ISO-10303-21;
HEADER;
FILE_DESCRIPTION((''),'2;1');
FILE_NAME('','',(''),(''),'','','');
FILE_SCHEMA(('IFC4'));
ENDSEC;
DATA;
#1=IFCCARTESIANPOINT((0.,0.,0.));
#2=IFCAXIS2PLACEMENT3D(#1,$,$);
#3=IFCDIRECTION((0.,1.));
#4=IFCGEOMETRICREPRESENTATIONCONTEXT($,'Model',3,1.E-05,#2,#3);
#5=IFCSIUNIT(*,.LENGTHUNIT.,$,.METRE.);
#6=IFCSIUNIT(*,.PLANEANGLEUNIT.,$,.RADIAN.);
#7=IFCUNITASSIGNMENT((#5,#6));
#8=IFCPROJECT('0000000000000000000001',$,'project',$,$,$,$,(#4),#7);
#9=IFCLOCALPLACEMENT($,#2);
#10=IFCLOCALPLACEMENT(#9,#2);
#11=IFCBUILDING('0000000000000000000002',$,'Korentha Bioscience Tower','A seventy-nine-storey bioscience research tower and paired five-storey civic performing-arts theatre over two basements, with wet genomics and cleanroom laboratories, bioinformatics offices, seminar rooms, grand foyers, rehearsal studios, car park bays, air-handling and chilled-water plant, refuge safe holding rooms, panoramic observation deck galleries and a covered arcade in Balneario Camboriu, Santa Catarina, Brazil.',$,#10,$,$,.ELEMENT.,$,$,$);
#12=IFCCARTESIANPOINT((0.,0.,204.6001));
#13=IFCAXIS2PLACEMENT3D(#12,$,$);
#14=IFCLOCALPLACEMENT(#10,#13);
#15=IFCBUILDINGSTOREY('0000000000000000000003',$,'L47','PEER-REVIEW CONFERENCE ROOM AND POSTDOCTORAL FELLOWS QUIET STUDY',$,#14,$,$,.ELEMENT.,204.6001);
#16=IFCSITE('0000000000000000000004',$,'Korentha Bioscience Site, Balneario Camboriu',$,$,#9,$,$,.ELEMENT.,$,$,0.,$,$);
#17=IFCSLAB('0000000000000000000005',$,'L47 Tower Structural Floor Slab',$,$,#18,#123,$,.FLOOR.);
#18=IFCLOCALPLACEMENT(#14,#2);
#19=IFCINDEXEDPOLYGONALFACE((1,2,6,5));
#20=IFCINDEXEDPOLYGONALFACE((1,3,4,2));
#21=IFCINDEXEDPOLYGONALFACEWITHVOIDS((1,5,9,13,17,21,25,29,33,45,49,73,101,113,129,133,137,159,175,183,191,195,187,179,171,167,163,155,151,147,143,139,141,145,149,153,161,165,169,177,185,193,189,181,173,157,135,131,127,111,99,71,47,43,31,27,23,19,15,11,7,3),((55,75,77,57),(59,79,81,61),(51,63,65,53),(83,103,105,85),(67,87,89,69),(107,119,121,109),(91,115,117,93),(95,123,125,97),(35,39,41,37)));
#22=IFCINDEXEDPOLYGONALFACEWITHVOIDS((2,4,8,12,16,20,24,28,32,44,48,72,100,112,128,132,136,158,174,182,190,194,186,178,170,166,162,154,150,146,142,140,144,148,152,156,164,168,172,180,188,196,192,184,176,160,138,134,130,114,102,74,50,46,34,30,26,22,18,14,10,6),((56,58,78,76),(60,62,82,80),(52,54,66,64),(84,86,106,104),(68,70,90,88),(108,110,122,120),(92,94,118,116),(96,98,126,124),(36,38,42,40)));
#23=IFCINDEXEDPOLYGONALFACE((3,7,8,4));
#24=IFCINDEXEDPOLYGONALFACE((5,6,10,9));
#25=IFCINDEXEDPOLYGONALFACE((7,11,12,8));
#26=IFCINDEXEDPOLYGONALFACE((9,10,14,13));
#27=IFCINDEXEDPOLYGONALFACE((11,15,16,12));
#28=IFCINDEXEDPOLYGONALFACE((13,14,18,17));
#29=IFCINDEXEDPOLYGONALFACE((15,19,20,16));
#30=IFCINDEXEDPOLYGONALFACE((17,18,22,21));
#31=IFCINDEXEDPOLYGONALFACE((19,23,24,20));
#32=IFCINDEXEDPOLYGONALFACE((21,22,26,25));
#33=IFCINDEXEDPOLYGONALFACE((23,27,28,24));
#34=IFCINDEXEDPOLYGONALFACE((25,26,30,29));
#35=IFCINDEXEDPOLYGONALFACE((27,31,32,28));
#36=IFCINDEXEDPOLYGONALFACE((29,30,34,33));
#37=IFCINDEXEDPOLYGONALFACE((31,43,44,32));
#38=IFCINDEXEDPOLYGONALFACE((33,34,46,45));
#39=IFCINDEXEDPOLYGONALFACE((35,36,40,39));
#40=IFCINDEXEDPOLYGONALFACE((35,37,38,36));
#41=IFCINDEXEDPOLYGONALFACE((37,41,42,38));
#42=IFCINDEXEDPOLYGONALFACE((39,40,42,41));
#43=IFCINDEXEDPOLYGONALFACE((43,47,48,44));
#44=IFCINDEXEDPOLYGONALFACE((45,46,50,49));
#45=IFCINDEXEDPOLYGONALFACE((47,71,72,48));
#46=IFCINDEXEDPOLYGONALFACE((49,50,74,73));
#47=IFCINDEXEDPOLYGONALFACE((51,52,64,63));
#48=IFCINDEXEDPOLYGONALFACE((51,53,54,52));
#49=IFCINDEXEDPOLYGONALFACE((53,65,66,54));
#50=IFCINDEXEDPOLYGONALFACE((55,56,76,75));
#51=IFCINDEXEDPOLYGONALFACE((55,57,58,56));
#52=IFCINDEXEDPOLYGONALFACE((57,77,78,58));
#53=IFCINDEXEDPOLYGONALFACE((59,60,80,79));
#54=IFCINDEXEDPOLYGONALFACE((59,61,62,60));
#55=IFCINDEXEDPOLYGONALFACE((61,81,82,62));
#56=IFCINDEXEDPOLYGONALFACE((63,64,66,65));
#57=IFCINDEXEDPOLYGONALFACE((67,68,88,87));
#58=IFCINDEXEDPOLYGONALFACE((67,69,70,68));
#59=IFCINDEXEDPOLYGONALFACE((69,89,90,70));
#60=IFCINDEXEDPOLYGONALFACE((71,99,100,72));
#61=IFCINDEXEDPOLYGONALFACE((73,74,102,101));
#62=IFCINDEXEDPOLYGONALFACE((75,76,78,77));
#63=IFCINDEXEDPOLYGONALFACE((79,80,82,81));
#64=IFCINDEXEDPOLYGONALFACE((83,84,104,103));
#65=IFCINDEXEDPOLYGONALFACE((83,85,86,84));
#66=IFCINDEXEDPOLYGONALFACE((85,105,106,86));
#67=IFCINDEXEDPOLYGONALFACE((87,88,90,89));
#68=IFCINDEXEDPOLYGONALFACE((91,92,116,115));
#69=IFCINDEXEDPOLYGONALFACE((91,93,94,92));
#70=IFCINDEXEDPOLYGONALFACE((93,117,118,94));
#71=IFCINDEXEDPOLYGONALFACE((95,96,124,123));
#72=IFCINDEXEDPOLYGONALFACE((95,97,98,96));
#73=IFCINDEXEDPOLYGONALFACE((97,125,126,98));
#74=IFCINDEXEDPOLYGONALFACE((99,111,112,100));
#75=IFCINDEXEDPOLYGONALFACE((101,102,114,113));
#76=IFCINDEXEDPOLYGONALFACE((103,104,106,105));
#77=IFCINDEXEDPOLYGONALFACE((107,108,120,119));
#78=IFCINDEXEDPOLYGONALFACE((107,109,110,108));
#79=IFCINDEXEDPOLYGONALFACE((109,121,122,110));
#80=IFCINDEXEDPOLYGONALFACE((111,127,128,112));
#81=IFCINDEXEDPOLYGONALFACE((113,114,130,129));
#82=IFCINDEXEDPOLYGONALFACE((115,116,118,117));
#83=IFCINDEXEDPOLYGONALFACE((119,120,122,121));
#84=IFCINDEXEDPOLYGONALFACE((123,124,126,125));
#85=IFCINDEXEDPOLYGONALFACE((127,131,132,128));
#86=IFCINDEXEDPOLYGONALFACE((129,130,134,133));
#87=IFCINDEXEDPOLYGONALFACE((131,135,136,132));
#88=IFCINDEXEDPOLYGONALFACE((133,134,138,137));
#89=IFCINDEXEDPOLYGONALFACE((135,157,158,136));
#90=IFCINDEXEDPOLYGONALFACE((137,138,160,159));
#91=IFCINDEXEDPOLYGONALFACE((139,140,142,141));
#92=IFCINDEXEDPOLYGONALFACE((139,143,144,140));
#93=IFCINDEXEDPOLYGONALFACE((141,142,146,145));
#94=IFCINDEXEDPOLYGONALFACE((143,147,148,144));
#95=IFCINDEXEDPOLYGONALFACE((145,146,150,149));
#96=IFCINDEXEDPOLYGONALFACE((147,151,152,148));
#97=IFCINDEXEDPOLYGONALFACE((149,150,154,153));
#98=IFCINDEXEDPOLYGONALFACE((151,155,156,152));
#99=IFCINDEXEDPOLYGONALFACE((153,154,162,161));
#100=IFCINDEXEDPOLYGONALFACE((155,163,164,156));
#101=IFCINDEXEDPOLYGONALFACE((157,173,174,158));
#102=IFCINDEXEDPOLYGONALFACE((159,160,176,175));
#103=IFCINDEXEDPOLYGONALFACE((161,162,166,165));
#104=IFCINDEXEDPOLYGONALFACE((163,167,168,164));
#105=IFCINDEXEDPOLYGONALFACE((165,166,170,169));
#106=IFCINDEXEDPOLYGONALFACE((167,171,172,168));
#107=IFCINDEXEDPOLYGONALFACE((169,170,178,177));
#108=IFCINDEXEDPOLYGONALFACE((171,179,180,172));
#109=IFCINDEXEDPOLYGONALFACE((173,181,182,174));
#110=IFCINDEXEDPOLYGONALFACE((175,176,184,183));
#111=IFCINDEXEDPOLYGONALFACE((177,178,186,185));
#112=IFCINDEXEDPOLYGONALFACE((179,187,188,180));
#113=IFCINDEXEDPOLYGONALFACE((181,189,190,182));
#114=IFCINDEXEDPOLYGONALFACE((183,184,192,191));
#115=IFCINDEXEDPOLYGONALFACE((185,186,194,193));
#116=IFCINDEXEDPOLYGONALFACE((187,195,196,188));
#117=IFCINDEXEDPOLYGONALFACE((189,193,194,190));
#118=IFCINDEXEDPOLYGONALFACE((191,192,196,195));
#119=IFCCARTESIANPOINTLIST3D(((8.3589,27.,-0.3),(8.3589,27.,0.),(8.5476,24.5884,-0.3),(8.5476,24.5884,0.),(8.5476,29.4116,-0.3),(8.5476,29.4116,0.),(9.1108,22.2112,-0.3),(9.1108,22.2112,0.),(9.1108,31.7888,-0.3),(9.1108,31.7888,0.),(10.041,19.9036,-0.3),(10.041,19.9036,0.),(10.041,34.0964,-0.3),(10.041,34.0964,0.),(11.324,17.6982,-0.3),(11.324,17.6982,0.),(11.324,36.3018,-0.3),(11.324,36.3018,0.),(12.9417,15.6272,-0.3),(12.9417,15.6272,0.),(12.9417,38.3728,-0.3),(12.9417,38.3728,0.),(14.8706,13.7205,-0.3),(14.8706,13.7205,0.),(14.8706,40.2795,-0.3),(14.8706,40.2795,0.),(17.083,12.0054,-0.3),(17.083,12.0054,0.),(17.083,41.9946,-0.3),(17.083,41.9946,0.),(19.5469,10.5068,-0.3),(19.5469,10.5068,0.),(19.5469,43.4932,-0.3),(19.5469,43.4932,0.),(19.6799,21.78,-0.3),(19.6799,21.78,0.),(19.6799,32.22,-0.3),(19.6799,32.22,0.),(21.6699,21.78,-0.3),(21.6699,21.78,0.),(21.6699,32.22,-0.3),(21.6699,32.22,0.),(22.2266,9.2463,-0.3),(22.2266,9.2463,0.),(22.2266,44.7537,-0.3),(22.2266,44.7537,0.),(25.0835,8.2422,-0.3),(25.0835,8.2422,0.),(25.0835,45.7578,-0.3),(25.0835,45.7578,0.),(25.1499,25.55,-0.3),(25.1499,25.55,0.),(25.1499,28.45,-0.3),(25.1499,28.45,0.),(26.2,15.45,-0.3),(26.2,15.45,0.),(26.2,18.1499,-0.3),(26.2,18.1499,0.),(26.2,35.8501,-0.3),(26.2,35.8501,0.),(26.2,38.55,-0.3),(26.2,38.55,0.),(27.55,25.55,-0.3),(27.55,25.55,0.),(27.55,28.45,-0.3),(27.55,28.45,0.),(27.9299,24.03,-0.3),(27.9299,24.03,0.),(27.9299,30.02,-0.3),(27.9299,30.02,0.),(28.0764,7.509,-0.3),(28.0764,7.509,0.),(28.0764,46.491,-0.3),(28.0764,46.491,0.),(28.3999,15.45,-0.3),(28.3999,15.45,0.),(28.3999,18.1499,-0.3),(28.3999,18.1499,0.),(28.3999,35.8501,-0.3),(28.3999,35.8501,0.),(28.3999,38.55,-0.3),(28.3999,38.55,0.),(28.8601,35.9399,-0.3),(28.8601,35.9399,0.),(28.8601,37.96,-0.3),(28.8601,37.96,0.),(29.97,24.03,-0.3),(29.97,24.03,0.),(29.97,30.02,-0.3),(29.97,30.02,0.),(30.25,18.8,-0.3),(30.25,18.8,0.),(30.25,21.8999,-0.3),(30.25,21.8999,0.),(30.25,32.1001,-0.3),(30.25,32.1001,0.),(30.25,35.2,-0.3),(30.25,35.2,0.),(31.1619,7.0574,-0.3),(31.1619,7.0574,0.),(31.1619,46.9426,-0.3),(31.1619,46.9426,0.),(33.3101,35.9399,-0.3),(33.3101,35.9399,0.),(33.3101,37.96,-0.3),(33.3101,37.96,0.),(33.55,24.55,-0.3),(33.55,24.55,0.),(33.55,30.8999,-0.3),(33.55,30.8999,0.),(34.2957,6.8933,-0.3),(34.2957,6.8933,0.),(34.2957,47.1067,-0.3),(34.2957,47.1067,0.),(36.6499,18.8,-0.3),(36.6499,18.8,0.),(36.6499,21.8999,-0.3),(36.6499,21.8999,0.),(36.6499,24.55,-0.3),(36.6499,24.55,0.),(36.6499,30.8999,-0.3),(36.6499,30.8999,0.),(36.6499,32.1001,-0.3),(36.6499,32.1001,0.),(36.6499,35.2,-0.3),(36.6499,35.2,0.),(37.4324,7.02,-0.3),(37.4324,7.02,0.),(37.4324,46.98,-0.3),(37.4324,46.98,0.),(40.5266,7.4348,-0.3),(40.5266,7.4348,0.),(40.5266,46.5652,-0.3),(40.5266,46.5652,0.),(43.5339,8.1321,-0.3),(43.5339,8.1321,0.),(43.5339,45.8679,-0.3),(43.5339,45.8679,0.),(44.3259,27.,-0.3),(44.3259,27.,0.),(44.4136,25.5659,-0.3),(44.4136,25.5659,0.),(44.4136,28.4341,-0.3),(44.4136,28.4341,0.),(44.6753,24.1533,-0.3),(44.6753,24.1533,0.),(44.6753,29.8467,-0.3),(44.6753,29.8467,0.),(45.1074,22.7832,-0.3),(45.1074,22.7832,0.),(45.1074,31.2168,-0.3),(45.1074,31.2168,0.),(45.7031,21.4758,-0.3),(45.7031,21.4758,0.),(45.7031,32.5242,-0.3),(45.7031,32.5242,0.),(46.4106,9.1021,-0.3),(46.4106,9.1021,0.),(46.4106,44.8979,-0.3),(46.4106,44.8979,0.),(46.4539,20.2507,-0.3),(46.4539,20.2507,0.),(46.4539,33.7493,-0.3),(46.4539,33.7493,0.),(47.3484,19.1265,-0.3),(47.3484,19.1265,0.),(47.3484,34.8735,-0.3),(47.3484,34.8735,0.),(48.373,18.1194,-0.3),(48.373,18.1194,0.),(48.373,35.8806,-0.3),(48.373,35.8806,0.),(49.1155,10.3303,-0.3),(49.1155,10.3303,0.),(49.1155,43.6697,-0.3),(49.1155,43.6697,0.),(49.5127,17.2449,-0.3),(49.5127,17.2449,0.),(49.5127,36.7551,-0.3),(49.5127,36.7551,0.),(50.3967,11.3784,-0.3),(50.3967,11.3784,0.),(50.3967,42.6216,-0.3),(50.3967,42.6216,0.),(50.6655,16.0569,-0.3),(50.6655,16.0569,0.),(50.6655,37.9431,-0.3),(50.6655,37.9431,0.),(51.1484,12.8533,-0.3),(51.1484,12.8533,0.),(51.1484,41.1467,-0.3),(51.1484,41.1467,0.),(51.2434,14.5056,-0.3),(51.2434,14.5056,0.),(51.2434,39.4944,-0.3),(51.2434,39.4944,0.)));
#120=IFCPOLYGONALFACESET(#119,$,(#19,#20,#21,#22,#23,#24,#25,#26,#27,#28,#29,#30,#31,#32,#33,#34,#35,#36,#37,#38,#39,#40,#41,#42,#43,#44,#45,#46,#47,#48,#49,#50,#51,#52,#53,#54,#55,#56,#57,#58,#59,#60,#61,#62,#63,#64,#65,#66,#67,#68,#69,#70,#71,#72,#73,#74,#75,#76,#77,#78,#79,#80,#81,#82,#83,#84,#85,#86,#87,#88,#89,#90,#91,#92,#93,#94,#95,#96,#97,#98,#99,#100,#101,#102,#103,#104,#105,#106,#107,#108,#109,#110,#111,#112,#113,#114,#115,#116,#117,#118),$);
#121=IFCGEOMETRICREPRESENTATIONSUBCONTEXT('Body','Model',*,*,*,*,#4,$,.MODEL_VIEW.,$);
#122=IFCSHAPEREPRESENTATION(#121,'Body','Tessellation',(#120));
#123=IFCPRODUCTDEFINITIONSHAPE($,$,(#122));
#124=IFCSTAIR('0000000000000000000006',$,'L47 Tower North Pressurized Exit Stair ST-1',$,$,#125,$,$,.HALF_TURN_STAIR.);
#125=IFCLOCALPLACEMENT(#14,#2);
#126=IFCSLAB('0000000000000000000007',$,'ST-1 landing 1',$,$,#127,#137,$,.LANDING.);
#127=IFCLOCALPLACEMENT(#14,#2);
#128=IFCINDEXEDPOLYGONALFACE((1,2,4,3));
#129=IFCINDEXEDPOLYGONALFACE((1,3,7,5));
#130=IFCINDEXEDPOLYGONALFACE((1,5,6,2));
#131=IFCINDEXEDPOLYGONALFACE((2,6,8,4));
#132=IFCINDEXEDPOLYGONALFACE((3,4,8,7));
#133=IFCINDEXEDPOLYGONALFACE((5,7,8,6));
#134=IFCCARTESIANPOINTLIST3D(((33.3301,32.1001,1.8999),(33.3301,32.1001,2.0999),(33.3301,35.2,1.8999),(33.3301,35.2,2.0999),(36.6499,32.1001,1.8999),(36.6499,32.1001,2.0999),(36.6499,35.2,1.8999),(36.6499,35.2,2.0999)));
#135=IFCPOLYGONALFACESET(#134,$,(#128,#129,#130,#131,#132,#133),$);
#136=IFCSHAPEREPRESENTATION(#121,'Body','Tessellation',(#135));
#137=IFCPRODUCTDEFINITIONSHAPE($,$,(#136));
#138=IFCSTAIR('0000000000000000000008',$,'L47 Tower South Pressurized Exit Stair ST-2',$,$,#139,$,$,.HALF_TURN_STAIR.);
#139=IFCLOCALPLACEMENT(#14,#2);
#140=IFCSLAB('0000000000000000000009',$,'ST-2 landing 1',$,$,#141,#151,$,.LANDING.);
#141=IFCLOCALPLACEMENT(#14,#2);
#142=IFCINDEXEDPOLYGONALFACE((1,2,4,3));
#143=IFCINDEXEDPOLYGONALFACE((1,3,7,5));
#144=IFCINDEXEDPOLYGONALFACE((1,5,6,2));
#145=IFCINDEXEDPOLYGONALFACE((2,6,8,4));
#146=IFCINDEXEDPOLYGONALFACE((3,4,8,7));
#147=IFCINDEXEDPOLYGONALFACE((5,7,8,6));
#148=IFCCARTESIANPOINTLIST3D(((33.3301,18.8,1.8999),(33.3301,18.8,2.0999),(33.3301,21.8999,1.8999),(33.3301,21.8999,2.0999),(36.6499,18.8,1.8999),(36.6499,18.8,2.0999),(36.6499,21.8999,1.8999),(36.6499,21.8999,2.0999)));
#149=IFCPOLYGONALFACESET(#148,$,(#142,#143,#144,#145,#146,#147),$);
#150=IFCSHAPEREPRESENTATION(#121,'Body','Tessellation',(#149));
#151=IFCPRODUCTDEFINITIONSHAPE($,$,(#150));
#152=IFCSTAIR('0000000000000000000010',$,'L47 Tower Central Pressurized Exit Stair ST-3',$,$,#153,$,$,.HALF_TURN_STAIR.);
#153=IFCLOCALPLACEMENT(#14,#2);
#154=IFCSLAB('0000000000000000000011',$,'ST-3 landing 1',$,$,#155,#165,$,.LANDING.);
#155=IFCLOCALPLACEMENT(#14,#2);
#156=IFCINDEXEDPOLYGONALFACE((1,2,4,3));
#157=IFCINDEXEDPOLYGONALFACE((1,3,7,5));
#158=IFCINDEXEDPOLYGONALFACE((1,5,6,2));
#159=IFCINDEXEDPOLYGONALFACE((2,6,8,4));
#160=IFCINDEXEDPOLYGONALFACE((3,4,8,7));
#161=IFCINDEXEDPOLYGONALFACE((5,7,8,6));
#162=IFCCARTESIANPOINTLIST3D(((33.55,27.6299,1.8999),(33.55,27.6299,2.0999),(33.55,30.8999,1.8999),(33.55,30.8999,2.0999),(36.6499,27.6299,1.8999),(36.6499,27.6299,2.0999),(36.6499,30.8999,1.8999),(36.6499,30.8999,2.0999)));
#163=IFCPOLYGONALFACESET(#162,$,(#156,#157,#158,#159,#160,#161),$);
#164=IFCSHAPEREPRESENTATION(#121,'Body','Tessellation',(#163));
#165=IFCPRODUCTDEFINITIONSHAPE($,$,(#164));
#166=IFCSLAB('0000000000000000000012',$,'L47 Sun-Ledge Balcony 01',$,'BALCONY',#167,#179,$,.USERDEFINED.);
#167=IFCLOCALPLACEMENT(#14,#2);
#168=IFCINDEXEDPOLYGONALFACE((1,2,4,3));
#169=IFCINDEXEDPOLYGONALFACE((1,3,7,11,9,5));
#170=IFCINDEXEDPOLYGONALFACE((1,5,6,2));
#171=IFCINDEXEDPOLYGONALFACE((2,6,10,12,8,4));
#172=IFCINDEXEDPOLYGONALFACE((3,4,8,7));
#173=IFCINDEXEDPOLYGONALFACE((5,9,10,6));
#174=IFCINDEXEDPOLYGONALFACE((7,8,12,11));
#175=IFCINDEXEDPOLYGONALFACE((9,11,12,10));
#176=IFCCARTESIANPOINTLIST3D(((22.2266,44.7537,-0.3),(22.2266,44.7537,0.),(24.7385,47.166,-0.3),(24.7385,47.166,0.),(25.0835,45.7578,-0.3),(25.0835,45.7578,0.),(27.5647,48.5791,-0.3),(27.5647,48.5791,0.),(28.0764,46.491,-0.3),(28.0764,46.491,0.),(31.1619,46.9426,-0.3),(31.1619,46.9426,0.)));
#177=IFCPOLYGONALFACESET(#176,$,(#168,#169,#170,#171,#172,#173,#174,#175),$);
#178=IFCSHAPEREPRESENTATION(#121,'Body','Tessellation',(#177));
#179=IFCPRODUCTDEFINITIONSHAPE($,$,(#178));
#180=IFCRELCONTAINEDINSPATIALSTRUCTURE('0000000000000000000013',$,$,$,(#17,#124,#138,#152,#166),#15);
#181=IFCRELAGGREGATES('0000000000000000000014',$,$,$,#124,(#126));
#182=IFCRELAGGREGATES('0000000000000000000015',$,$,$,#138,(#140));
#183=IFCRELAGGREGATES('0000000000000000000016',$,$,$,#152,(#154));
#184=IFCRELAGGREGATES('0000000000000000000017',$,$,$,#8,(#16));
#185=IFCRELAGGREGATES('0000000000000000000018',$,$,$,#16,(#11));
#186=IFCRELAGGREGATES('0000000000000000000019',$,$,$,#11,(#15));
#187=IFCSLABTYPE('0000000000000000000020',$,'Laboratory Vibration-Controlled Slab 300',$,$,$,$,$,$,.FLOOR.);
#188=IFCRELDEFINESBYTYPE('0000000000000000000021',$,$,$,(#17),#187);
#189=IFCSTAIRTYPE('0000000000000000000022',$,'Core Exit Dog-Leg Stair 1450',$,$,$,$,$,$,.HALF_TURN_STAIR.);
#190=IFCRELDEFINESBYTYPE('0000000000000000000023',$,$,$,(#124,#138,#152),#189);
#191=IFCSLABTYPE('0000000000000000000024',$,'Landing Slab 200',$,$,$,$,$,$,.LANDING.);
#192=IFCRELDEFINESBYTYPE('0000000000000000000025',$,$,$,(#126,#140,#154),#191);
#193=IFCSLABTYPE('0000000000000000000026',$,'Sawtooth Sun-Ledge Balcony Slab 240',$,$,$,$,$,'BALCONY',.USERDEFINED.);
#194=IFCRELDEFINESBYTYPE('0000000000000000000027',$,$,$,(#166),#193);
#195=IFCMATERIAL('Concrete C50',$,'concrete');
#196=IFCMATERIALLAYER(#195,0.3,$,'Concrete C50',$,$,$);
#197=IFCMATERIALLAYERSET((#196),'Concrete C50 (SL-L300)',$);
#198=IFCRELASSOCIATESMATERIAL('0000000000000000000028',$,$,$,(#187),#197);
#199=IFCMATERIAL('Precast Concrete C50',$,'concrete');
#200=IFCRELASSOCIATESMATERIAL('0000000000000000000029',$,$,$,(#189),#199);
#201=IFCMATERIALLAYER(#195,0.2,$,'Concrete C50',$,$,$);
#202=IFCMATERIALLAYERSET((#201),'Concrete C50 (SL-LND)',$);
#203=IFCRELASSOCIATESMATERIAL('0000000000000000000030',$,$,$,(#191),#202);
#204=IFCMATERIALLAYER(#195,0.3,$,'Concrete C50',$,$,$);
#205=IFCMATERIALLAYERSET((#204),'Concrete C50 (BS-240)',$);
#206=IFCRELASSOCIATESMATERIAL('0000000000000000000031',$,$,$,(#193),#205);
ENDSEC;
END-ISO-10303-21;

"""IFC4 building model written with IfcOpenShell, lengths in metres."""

from ifc_helpers import new_model, si_unit, direction, frame, origin, place, context, subcontext, project, spatial, polyline, outline, extrude, material, layer, layer_set, type_object, element, aggregate, save


model = new_model("IFC4")

# Units and contexts
model_context = context("Model", 3, precision=1e-05, world=origin(), true_north=direction((0.0, 1.0)))
body_context = subcontext(model_context, "Body", "Model", "MODEL_VIEW")
ifc_project = project(units=[si_unit("LENGTHUNIT", "METRE"), si_unit("PLANEANGLEUNIT", "RADIAN")], contexts=[model_context])

# Site, building, storey
site_placement = place(None, origin())
site = spatial("IfcSite", under=ifc_project, at=site_placement, Name="Korentha Bioscience Site, Balneario Camboriu", CompositionType="ELEMENT", RefElevation=0.0)
building_placement = place(site_placement, origin())
building = spatial("IfcBuilding", under=site, at=building_placement, Name="Korentha Bioscience Tower", Description="A seventy-nine-storey bioscience research tower and paired five-storey civic performing-arts theatre over two basements, with wet genomics and cleanroom laboratories, bioinformatics offices, seminar rooms, grand foyers, rehearsal studios, car park bays, air-handling and chilled-water plant, refuge safe holding rooms, panoramic observation deck galleries and a covered arcade in Balneario Camboriu, Santa Catarina, Brazil.", CompositionType="ELEMENT")
storey_placement = place(building_placement, frame((0.0, 0.0, 204.6001)))
storey = spatial("IfcBuildingStorey", under=building, at=storey_placement, Name="L47", Description="PEER-REVIEW CONFERENCE ROOM AND POSTDOCTORAL FELLOWS QUIET STUDY", CompositionType="ELEMENT", Elevation=204.6001)

# Slab
ifc_material_1 = material(Name="Concrete C50", Category="concrete")
ifc_layer_1 = layer(ifc_material_1, 0.3, Name="Concrete C50")
ifc_layer_set_1 = layer_set([ifc_layer_1], Name="Concrete C50 (SL-L300)")
slab_type_1 = type_object("IfcSlabType", Name="Laboratory Vibration-Controlled Slab 300", PredefinedType="FLOOR", material=ifc_layer_set_1)
slab_1_placement = place(storey_placement, frame((0.0, 0.0, -0.3)))
element("IfcSlab", 1, at=slab_1_placement, inside=storey, type_object=slab_type_1, Name="L47 Tower Structural Floor Slab", PredefinedType="FLOOR", context=body_context, shape_type="SweptSolid", body=[
    extrude(outline(polyline([(49.1155, 43.6697), (46.4106, 44.8979), (43.5339, 45.8679), (40.5266, 46.5652), (37.4324, 46.98), (34.2957, 47.1067), (31.1619, 46.9426), (28.0764, 46.491), (25.0835, 45.7578), (22.2266, 44.7537), (19.5469, 43.4932), (17.083, 41.9946), (14.8706, 40.2795), (12.9417, 38.3728), (11.324, 36.3018), (10.041, 34.0964), (9.1108, 31.7888), (8.5476, 29.4116), (8.3589, 27.0), (8.5476, 24.5884), (9.1108, 22.2112), (10.041, 19.9036), (11.324, 17.6982), (12.9417, 15.6272), (14.8706, 13.7205), (17.083, 12.0054), (19.5469, 10.5068), (22.2266, 9.2463), (25.0835, 8.2422), (28.0764, 7.509), (31.1619, 7.0574), (34.2957, 6.8933), (37.4324, 7.02), (40.5266, 7.4348), (43.5339, 8.1321), (46.4106, 9.1021), (49.1155, 10.3303), (50.3967, 11.3784), (51.1484, 12.8533), (51.2434, 14.5056), (50.6655, 16.0569), (49.5127, 17.2449), (48.373, 18.1194), (47.3484, 19.1265), (46.4539, 20.2507), (45.7031, 21.4758), (45.1074, 22.7832), (44.6753, 24.1533), (44.4136, 25.5659), (44.3259, 27.0), (44.4136, 28.4341), (44.6753, 29.8467), (45.1074, 31.2168), (45.7031, 32.5242), (46.4539, 33.7493), (47.3484, 34.8735), (48.373, 35.8806), (49.5127, 36.7551), (50.6655, 37.9431), (51.2434, 39.4944), (51.1484, 41.1467), (50.3967, 42.6216), (49.1155, 43.6697)]), holes=[polyline([(30.25, 32.1001), (36.6499, 32.1001), (36.6499, 35.2), (30.25, 35.2), (30.25, 32.1001)]), polyline([(30.25, 18.8), (36.6499, 18.8), (36.6499, 21.8999), (30.25, 21.8999), (30.25, 18.8)]), polyline([(36.6499, 24.55), (36.6499, 30.8999), (33.55, 30.8999), (33.55, 24.55), (36.6499, 24.55)]), polyline([(19.6799, 21.78), (21.6699, 21.78), (21.6699, 32.22), (19.6799, 32.22), (19.6799, 21.78)]), polyline([(27.9299, 24.03), (29.97, 24.03), (29.97, 30.02), (27.9299, 30.02), (27.9299, 24.03)]), polyline([(28.8601, 35.9399), (33.3101, 35.9399), (33.3101, 37.96), (28.8601, 37.96), (28.8601, 35.9399)]), polyline([(26.2, 15.45), (28.3999, 15.45), (28.3999, 18.1499), (26.2, 18.1499), (26.2, 15.45)]), polyline([(26.2, 35.8501), (28.3999, 35.8501), (28.3999, 38.55), (26.2, 38.55), (26.2, 35.8501)]), polyline([(25.1499, 25.55), (27.55, 25.55), (27.55, 28.45), (25.1499, 28.45), (25.1499, 25.55)])]), origin(), (0.0, 0.0, 1.0), 0.3),
])

# Stairs, slabs
ifc_material_2 = material(Name="Precast Concrete C50", Category="concrete")
stair_type = type_object("IfcStairType", Name="Core Exit Dog-Leg Stair 1450", PredefinedType="HALF_TURN_STAIR", material=ifc_material_2)
stair_1_placement = place(storey_placement, origin())
stair_1 = element("IfcStair", 2, at=stair_1_placement, inside=storey, type_object=stair_type, Name="L47 Tower North Pressurized Exit Stair ST-1", PredefinedType="HALF_TURN_STAIR")
ifc_layer_2 = layer(ifc_material_1, 0.2, Name="Concrete C50")
ifc_layer_set_2 = layer_set([ifc_layer_2], Name="Concrete C50 (SL-LND)")
slab_type_2 = type_object("IfcSlabType", Name="Landing Slab 200", PredefinedType="LANDING", material=ifc_layer_set_2)
slab_2_placement = place(storey_placement, frame((0.0, 0.0, 1.8999)))
slab_2 = element("IfcSlab", 3, at=slab_2_placement, type_object=slab_type_2, Name="ST-1 landing 1", PredefinedType="LANDING", context=body_context, shape_type="SweptSolid", body=[
    extrude(outline(polyline([(33.3301, 32.1001), (36.6499, 32.1001), (36.6499, 35.2), (33.3301, 35.2), (33.3301, 32.1001)])), origin(), (0.0, 0.0, 1.0), 0.2),
])
aggregate(stair_1, [slab_2])
stair_2_placement = place(storey_placement, origin())
stair_2 = element("IfcStair", 4, at=stair_2_placement, inside=storey, type_object=stair_type, Name="L47 Tower South Pressurized Exit Stair ST-2", PredefinedType="HALF_TURN_STAIR")
slab_3_placement = place(storey_placement, frame((0.0, 0.0, 1.8999)))
slab_3 = element("IfcSlab", 5, at=slab_3_placement, type_object=slab_type_2, Name="ST-2 landing 1", PredefinedType="LANDING", context=body_context, shape_type="SweptSolid", body=[
    extrude(outline(polyline([(33.3301, 18.8), (36.6499, 18.8), (36.6499, 21.8999), (33.3301, 21.8999), (33.3301, 18.8)])), origin(), (0.0, 0.0, 1.0), 0.2),
])
aggregate(stair_2, [slab_3])
stair_3_placement = place(storey_placement, origin())
stair_3 = element("IfcStair", 6, at=stair_3_placement, inside=storey, type_object=stair_type, Name="L47 Tower Central Pressurized Exit Stair ST-3", PredefinedType="HALF_TURN_STAIR")
slab_4_placement = place(storey_placement, frame((0.0, 0.0, 1.8999)))
slab_4 = element("IfcSlab", 7, at=slab_4_placement, type_object=slab_type_2, Name="ST-3 landing 1", PredefinedType="LANDING", context=body_context, shape_type="SweptSolid", body=[
    extrude(outline(polyline([(36.6499, 27.6299), (36.6499, 30.8999), (33.55, 30.8999), (33.55, 27.6299), (36.6499, 27.6299)])), origin(), (0.0, 0.0, 1.0), 0.2),
])
aggregate(stair_3, [slab_4])

# Slab
ifc_layer_3 = layer(ifc_material_1, 0.3, Name="Concrete C50")
ifc_layer_set_3 = layer_set([ifc_layer_3], Name="Concrete C50 (BS-240)")
slab_type_3 = type_object("IfcSlabType", Name="Sawtooth Sun-Ledge Balcony Slab 240", ElementType="BALCONY", PredefinedType="USERDEFINED", material=ifc_layer_set_3)
slab_5_placement = place(storey_placement, frame((0.0, 0.0, -0.3)))
element("IfcSlab", 8, at=slab_5_placement, inside=storey, type_object=slab_type_3, Name="L47 Sun-Ledge Balcony 01", ObjectType="BALCONY", PredefinedType="USERDEFINED", context=body_context, shape_type="SweptSolid", body=[
    extrude(outline(polyline([(22.2266, 44.7537), (25.0835, 45.7578), (28.0764, 46.491), (31.1619, 46.9426), (27.5647, 48.5791), (24.7385, 47.166), (22.2266, 44.7537)])), origin(), (0.0, 0.0, 1.0), 0.3),
])

save(model, "model.ifc")
